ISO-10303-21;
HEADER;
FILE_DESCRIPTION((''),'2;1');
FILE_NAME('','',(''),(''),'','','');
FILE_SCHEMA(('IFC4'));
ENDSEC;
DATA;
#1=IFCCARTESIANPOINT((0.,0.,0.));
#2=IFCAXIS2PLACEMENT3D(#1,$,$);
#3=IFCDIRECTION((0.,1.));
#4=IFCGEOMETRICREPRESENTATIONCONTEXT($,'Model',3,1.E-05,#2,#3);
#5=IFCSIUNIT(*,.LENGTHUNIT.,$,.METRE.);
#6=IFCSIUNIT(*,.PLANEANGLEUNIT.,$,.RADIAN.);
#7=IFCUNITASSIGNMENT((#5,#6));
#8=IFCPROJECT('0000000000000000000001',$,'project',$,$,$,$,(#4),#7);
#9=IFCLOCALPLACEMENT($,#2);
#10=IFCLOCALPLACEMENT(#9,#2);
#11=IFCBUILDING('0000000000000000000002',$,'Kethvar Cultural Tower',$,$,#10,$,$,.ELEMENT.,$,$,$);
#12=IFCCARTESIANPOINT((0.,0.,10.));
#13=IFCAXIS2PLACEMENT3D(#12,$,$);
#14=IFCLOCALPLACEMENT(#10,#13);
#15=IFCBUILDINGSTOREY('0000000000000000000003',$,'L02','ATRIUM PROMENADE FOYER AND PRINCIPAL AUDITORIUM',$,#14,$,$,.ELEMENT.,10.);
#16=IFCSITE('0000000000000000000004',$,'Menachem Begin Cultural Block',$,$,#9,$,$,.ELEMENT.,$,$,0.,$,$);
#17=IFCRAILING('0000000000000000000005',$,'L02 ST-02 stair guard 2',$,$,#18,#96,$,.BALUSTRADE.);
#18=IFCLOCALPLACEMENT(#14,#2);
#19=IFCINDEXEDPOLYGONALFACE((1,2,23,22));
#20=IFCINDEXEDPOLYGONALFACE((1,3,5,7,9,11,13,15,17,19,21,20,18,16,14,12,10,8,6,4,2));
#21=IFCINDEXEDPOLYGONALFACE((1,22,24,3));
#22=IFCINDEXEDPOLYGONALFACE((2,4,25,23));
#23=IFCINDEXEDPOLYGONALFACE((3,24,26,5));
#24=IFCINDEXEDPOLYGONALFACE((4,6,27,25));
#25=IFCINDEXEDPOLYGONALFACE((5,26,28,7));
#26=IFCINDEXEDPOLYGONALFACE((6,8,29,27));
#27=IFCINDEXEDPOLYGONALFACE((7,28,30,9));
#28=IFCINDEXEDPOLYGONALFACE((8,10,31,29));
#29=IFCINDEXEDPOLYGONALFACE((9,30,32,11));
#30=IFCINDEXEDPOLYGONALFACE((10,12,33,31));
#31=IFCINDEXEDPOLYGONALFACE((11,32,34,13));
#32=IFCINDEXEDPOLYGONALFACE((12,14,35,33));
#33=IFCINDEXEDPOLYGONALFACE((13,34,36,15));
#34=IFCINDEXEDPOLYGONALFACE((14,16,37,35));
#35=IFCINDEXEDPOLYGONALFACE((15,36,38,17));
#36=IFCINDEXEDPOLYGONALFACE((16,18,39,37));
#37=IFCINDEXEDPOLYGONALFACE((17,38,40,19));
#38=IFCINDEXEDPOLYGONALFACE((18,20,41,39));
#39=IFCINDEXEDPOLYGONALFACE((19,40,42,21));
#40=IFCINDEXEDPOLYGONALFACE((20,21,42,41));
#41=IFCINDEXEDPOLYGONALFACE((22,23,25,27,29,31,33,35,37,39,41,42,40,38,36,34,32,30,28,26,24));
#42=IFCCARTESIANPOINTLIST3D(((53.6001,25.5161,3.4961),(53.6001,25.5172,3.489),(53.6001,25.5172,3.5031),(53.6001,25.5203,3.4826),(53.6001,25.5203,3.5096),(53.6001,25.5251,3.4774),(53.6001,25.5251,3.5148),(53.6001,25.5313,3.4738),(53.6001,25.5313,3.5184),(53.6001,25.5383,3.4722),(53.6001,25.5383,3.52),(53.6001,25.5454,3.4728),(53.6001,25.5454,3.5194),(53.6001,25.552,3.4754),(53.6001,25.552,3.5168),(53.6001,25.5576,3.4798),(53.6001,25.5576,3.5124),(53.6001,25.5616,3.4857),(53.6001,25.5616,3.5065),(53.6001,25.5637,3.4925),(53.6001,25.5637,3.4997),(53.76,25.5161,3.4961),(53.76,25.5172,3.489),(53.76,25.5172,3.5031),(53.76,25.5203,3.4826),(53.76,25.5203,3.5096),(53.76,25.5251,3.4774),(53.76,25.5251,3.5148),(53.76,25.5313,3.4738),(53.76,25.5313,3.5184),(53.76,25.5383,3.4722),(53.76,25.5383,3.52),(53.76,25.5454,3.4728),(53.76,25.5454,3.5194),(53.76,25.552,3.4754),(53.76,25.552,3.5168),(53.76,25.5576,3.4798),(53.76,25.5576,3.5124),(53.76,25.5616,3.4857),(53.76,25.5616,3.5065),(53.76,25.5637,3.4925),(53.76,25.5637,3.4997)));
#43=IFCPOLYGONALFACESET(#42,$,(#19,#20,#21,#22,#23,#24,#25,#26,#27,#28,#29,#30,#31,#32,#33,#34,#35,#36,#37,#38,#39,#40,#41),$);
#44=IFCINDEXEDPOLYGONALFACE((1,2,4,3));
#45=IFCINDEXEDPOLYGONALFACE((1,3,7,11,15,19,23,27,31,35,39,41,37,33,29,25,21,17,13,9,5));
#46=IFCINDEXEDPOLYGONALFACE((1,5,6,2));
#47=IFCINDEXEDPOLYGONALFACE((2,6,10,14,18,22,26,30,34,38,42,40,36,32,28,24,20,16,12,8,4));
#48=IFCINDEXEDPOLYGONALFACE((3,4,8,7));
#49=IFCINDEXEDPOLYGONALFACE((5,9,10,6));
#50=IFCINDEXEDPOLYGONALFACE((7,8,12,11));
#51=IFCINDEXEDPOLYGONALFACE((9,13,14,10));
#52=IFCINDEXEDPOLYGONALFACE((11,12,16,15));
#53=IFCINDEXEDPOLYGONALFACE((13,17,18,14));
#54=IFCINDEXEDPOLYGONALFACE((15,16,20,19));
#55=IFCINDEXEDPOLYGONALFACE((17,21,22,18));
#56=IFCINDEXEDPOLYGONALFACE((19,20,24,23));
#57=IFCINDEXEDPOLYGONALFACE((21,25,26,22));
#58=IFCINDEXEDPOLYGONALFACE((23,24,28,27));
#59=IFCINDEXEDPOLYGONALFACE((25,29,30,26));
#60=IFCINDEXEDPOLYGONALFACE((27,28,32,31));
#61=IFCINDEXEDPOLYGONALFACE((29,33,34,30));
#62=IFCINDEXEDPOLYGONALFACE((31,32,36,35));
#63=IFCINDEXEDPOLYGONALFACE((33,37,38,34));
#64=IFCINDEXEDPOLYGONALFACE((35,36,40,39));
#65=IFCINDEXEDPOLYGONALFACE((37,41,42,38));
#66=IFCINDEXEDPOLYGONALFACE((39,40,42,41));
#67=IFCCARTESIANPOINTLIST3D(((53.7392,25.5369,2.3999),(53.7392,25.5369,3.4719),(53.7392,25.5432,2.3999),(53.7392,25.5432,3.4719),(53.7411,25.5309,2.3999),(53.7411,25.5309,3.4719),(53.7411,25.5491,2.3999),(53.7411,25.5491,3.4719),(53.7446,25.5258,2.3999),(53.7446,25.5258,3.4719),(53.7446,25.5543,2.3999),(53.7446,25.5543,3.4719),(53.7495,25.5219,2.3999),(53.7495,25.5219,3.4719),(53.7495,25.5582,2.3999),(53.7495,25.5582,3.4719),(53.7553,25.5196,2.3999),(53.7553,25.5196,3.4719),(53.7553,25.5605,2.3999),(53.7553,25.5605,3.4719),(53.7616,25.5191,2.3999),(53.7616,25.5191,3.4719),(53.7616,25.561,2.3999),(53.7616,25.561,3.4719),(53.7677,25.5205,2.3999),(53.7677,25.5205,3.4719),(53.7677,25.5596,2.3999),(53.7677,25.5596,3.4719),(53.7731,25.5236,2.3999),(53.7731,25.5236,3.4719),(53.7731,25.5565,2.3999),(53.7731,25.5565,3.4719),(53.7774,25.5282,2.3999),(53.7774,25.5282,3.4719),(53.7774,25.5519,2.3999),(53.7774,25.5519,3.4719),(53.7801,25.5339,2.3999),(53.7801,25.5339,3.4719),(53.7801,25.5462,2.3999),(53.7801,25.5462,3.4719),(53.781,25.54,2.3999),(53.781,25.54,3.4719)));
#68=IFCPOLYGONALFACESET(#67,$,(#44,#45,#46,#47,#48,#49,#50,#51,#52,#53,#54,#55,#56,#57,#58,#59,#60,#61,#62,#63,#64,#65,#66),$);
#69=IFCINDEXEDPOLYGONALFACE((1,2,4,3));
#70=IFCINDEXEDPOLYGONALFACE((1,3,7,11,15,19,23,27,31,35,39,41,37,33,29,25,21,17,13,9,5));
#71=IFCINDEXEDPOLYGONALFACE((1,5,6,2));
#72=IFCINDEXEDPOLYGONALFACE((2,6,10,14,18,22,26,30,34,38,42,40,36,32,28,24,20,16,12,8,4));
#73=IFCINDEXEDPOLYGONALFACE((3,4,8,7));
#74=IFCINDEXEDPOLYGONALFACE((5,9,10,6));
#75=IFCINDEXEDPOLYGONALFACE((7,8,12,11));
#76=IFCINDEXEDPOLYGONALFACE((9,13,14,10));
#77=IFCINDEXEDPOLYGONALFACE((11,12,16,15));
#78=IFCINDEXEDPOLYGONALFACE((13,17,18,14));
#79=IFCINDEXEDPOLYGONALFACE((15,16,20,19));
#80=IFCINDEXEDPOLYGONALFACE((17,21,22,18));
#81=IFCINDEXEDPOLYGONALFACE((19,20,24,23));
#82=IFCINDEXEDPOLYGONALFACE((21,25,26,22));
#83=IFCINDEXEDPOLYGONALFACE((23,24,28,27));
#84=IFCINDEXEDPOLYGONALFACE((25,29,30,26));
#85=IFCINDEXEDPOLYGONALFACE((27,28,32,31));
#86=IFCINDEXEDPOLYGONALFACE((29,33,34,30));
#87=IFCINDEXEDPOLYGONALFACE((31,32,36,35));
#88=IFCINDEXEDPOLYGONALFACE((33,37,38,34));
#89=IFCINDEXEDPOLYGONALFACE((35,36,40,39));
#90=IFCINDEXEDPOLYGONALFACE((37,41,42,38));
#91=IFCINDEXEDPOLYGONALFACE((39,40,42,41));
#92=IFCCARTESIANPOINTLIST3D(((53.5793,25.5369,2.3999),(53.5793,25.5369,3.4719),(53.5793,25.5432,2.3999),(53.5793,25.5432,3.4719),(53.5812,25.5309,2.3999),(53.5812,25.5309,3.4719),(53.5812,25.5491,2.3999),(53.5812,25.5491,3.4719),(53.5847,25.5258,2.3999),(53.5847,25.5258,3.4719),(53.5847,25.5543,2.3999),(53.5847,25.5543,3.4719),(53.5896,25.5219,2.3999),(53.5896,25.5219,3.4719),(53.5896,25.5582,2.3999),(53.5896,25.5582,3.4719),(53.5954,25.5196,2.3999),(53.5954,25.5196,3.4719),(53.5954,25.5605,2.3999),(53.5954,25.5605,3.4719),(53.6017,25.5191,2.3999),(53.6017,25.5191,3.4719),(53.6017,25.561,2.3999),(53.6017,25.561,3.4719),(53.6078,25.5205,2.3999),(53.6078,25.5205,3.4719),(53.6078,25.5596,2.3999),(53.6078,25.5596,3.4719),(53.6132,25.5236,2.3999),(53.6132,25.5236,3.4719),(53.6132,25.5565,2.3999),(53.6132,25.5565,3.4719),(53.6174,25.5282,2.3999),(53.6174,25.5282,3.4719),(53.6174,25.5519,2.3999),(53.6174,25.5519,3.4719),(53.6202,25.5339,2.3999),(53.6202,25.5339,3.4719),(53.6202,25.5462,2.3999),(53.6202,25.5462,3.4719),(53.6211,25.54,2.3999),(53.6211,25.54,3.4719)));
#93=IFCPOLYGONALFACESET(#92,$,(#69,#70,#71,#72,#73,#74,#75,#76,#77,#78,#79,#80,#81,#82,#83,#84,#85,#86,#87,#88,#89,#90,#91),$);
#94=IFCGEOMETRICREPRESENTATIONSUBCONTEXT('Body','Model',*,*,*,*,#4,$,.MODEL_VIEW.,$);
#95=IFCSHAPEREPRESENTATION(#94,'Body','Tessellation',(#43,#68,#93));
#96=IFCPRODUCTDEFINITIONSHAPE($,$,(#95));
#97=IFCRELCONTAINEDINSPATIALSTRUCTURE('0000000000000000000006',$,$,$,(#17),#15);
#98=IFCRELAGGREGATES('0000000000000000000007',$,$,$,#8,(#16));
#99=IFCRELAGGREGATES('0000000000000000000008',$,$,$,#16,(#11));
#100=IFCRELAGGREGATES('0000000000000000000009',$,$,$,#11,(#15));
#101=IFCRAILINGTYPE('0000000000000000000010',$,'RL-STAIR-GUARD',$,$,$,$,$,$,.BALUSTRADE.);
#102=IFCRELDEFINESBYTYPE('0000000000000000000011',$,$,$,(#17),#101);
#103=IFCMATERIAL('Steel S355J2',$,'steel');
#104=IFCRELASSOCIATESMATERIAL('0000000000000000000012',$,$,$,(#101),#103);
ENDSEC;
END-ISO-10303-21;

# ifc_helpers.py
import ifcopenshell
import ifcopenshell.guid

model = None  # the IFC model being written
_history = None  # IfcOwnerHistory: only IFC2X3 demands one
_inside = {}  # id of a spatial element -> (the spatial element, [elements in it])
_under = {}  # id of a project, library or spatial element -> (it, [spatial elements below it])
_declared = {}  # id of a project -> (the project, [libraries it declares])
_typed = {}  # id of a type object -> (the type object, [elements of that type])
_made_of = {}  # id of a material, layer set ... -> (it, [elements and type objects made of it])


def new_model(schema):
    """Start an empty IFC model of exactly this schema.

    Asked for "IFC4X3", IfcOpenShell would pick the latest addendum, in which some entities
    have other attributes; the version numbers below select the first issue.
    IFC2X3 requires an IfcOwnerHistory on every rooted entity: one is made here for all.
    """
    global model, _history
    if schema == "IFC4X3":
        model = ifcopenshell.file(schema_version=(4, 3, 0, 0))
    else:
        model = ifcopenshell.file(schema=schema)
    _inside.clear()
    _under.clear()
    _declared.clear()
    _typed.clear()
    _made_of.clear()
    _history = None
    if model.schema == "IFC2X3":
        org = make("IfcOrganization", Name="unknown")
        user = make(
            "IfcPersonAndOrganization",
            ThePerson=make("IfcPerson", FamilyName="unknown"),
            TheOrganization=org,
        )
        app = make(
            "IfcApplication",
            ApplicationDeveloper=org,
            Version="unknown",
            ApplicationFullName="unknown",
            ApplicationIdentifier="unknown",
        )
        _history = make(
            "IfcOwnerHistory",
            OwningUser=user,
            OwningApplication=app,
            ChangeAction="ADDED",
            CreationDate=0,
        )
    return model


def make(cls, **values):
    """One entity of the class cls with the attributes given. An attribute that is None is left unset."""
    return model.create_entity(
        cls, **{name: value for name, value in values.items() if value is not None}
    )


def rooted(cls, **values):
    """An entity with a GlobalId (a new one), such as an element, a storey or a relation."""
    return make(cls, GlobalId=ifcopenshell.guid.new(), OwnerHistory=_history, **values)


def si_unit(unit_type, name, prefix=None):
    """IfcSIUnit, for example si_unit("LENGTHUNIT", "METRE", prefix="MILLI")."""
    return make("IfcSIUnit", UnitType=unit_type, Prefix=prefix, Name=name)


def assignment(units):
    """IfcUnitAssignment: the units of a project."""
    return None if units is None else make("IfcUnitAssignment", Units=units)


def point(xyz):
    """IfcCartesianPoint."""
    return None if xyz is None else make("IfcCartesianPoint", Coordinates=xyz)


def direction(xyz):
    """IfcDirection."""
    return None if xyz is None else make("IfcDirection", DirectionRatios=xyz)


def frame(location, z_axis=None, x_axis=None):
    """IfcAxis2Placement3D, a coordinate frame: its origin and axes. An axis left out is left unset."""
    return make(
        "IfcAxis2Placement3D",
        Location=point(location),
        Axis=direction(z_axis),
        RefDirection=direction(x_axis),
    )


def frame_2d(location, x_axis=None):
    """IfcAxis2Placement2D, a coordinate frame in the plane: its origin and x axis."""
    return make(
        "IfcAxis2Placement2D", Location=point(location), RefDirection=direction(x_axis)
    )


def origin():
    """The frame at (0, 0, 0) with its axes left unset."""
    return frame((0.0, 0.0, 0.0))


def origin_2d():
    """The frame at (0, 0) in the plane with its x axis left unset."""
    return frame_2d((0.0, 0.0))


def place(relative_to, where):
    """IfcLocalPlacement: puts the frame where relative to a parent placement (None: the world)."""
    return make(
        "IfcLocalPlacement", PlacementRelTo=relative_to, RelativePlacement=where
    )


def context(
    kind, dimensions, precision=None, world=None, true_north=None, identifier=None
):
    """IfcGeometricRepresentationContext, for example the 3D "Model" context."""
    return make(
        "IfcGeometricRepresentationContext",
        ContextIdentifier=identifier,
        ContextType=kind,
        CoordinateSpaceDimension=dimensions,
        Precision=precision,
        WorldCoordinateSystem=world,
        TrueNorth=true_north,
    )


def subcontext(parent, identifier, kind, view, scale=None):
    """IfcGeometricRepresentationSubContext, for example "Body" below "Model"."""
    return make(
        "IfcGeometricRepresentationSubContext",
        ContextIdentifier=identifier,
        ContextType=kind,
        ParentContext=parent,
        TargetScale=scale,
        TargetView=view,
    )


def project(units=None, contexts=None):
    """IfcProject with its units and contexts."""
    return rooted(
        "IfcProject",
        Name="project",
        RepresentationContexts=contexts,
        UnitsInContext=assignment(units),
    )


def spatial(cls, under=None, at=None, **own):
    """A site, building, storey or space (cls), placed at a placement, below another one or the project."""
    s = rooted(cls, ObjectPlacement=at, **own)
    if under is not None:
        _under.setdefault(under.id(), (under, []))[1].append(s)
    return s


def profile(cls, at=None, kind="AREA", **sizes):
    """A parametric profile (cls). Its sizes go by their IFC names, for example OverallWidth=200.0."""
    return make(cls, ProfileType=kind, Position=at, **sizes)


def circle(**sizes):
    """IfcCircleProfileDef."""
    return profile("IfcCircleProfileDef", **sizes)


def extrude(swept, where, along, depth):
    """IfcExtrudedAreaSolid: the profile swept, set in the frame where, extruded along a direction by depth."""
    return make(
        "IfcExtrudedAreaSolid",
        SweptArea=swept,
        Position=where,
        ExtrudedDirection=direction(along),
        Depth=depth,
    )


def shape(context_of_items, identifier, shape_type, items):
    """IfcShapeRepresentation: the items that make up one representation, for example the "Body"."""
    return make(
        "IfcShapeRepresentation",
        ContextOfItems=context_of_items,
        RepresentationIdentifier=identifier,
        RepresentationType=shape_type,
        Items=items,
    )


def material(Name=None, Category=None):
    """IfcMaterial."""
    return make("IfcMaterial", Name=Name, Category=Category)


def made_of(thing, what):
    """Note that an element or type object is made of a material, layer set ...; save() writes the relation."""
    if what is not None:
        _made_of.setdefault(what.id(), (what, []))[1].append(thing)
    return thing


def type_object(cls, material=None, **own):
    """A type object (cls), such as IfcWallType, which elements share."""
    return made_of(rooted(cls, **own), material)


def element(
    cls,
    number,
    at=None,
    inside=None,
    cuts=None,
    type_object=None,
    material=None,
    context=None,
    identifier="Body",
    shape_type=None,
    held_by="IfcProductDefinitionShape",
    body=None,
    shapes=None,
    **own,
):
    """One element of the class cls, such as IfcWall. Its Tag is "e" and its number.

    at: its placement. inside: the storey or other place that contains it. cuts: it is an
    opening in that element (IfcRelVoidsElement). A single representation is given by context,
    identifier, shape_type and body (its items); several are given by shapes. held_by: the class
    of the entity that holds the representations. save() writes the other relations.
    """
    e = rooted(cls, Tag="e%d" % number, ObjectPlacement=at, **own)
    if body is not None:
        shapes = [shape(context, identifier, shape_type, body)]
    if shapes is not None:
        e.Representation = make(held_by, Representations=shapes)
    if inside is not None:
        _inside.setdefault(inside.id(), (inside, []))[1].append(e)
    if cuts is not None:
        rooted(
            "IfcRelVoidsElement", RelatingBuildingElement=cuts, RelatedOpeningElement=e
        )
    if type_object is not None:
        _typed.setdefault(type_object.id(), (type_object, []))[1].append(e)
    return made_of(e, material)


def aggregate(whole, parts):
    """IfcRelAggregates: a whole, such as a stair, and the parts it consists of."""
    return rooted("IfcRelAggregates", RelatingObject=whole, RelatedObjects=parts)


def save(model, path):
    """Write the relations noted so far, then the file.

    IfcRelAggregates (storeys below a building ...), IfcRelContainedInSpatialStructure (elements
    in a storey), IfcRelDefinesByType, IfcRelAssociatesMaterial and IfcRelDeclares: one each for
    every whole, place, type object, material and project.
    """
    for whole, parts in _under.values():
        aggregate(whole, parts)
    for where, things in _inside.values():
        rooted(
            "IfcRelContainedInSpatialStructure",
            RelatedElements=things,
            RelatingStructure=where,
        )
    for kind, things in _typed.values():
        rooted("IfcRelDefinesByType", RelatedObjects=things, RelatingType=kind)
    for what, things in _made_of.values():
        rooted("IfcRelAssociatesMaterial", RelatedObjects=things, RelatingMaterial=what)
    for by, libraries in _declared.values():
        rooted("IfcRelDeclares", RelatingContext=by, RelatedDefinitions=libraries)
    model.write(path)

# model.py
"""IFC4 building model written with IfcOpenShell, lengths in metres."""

from ifc_helpers import new_model, si_unit, direction, frame, origin, origin_2d, place, context, subcontext, project, spatial, circle, extrude, material, type_object, element, save


model = new_model("IFC4")

# Units and contexts
model_context = context("Model", 3, precision=1e-05, world=origin(), true_north=direction((0.0, 1.0)))
body_context = subcontext(model_context, "Body", "Model", "MODEL_VIEW")
ifc_project = project(units=[si_unit("LENGTHUNIT", "METRE"), si_unit("PLANEANGLEUNIT", "RADIAN")], contexts=[model_context])

# Site, building, storey
site_placement = place(None, origin())
site = spatial("IfcSite", under=ifc_project, at=site_placement, Name="Menachem Begin Cultural Block", CompositionType="ELEMENT", RefElevation=0.0)
building_placement = place(site_placement, origin())
building = spatial("IfcBuilding", under=site, at=building_placement, Name="Kethvar Cultural Tower", CompositionType="ELEMENT")
storey_placement = place(building_placement, frame((0.0, 0.0, 10.0)))
storey = spatial("IfcBuildingStorey", under=building, at=storey_placement, Name="L02", Description="ATRIUM PROMENADE FOYER AND PRINCIPAL AUDITORIUM", CompositionType="ELEMENT", Elevation=10.0)

# Shared definitions
ifc_material_1 = material(Name="Steel S355J2", Category="steel")

# Railing
railing_type_1 = type_object("IfcRailingType", Name="RL-STAIR-GUARD", PredefinedType="BALUSTRADE", material=ifc_material_1)
railing_1_placement = place(storey_placement, frame((53.76, 25.54, 2.3999)))
element("IfcRailing", 1, at=railing_1_placement, inside=storey, type_object=railing_type_1, Name="L02 ST-02 stair guard 2", PredefinedType="BALUSTRADE", context=body_context, shape_type="SweptSolid", body=[
    extrude(circle(Radius=0.0239, at=origin_2d()), frame((0.0, 0.0, 1.0962), z_axis=(-1.0, 0.0, 0.0), x_axis=(0.0, -1.0, 0.0)), (0.0, 0.0, 1.0), 0.1599),
    extrude(circle(Radius=0.021, at=origin_2d()), origin(), (0.0, 0.0, 1.0), 1.072),
    extrude(circle(Radius=0.021, at=origin_2d()), frame((-0.1599, 0.0, 0.0)), (0.0, 0.0, 1.0), 1.072),
])

save(model, "model.ifc")
